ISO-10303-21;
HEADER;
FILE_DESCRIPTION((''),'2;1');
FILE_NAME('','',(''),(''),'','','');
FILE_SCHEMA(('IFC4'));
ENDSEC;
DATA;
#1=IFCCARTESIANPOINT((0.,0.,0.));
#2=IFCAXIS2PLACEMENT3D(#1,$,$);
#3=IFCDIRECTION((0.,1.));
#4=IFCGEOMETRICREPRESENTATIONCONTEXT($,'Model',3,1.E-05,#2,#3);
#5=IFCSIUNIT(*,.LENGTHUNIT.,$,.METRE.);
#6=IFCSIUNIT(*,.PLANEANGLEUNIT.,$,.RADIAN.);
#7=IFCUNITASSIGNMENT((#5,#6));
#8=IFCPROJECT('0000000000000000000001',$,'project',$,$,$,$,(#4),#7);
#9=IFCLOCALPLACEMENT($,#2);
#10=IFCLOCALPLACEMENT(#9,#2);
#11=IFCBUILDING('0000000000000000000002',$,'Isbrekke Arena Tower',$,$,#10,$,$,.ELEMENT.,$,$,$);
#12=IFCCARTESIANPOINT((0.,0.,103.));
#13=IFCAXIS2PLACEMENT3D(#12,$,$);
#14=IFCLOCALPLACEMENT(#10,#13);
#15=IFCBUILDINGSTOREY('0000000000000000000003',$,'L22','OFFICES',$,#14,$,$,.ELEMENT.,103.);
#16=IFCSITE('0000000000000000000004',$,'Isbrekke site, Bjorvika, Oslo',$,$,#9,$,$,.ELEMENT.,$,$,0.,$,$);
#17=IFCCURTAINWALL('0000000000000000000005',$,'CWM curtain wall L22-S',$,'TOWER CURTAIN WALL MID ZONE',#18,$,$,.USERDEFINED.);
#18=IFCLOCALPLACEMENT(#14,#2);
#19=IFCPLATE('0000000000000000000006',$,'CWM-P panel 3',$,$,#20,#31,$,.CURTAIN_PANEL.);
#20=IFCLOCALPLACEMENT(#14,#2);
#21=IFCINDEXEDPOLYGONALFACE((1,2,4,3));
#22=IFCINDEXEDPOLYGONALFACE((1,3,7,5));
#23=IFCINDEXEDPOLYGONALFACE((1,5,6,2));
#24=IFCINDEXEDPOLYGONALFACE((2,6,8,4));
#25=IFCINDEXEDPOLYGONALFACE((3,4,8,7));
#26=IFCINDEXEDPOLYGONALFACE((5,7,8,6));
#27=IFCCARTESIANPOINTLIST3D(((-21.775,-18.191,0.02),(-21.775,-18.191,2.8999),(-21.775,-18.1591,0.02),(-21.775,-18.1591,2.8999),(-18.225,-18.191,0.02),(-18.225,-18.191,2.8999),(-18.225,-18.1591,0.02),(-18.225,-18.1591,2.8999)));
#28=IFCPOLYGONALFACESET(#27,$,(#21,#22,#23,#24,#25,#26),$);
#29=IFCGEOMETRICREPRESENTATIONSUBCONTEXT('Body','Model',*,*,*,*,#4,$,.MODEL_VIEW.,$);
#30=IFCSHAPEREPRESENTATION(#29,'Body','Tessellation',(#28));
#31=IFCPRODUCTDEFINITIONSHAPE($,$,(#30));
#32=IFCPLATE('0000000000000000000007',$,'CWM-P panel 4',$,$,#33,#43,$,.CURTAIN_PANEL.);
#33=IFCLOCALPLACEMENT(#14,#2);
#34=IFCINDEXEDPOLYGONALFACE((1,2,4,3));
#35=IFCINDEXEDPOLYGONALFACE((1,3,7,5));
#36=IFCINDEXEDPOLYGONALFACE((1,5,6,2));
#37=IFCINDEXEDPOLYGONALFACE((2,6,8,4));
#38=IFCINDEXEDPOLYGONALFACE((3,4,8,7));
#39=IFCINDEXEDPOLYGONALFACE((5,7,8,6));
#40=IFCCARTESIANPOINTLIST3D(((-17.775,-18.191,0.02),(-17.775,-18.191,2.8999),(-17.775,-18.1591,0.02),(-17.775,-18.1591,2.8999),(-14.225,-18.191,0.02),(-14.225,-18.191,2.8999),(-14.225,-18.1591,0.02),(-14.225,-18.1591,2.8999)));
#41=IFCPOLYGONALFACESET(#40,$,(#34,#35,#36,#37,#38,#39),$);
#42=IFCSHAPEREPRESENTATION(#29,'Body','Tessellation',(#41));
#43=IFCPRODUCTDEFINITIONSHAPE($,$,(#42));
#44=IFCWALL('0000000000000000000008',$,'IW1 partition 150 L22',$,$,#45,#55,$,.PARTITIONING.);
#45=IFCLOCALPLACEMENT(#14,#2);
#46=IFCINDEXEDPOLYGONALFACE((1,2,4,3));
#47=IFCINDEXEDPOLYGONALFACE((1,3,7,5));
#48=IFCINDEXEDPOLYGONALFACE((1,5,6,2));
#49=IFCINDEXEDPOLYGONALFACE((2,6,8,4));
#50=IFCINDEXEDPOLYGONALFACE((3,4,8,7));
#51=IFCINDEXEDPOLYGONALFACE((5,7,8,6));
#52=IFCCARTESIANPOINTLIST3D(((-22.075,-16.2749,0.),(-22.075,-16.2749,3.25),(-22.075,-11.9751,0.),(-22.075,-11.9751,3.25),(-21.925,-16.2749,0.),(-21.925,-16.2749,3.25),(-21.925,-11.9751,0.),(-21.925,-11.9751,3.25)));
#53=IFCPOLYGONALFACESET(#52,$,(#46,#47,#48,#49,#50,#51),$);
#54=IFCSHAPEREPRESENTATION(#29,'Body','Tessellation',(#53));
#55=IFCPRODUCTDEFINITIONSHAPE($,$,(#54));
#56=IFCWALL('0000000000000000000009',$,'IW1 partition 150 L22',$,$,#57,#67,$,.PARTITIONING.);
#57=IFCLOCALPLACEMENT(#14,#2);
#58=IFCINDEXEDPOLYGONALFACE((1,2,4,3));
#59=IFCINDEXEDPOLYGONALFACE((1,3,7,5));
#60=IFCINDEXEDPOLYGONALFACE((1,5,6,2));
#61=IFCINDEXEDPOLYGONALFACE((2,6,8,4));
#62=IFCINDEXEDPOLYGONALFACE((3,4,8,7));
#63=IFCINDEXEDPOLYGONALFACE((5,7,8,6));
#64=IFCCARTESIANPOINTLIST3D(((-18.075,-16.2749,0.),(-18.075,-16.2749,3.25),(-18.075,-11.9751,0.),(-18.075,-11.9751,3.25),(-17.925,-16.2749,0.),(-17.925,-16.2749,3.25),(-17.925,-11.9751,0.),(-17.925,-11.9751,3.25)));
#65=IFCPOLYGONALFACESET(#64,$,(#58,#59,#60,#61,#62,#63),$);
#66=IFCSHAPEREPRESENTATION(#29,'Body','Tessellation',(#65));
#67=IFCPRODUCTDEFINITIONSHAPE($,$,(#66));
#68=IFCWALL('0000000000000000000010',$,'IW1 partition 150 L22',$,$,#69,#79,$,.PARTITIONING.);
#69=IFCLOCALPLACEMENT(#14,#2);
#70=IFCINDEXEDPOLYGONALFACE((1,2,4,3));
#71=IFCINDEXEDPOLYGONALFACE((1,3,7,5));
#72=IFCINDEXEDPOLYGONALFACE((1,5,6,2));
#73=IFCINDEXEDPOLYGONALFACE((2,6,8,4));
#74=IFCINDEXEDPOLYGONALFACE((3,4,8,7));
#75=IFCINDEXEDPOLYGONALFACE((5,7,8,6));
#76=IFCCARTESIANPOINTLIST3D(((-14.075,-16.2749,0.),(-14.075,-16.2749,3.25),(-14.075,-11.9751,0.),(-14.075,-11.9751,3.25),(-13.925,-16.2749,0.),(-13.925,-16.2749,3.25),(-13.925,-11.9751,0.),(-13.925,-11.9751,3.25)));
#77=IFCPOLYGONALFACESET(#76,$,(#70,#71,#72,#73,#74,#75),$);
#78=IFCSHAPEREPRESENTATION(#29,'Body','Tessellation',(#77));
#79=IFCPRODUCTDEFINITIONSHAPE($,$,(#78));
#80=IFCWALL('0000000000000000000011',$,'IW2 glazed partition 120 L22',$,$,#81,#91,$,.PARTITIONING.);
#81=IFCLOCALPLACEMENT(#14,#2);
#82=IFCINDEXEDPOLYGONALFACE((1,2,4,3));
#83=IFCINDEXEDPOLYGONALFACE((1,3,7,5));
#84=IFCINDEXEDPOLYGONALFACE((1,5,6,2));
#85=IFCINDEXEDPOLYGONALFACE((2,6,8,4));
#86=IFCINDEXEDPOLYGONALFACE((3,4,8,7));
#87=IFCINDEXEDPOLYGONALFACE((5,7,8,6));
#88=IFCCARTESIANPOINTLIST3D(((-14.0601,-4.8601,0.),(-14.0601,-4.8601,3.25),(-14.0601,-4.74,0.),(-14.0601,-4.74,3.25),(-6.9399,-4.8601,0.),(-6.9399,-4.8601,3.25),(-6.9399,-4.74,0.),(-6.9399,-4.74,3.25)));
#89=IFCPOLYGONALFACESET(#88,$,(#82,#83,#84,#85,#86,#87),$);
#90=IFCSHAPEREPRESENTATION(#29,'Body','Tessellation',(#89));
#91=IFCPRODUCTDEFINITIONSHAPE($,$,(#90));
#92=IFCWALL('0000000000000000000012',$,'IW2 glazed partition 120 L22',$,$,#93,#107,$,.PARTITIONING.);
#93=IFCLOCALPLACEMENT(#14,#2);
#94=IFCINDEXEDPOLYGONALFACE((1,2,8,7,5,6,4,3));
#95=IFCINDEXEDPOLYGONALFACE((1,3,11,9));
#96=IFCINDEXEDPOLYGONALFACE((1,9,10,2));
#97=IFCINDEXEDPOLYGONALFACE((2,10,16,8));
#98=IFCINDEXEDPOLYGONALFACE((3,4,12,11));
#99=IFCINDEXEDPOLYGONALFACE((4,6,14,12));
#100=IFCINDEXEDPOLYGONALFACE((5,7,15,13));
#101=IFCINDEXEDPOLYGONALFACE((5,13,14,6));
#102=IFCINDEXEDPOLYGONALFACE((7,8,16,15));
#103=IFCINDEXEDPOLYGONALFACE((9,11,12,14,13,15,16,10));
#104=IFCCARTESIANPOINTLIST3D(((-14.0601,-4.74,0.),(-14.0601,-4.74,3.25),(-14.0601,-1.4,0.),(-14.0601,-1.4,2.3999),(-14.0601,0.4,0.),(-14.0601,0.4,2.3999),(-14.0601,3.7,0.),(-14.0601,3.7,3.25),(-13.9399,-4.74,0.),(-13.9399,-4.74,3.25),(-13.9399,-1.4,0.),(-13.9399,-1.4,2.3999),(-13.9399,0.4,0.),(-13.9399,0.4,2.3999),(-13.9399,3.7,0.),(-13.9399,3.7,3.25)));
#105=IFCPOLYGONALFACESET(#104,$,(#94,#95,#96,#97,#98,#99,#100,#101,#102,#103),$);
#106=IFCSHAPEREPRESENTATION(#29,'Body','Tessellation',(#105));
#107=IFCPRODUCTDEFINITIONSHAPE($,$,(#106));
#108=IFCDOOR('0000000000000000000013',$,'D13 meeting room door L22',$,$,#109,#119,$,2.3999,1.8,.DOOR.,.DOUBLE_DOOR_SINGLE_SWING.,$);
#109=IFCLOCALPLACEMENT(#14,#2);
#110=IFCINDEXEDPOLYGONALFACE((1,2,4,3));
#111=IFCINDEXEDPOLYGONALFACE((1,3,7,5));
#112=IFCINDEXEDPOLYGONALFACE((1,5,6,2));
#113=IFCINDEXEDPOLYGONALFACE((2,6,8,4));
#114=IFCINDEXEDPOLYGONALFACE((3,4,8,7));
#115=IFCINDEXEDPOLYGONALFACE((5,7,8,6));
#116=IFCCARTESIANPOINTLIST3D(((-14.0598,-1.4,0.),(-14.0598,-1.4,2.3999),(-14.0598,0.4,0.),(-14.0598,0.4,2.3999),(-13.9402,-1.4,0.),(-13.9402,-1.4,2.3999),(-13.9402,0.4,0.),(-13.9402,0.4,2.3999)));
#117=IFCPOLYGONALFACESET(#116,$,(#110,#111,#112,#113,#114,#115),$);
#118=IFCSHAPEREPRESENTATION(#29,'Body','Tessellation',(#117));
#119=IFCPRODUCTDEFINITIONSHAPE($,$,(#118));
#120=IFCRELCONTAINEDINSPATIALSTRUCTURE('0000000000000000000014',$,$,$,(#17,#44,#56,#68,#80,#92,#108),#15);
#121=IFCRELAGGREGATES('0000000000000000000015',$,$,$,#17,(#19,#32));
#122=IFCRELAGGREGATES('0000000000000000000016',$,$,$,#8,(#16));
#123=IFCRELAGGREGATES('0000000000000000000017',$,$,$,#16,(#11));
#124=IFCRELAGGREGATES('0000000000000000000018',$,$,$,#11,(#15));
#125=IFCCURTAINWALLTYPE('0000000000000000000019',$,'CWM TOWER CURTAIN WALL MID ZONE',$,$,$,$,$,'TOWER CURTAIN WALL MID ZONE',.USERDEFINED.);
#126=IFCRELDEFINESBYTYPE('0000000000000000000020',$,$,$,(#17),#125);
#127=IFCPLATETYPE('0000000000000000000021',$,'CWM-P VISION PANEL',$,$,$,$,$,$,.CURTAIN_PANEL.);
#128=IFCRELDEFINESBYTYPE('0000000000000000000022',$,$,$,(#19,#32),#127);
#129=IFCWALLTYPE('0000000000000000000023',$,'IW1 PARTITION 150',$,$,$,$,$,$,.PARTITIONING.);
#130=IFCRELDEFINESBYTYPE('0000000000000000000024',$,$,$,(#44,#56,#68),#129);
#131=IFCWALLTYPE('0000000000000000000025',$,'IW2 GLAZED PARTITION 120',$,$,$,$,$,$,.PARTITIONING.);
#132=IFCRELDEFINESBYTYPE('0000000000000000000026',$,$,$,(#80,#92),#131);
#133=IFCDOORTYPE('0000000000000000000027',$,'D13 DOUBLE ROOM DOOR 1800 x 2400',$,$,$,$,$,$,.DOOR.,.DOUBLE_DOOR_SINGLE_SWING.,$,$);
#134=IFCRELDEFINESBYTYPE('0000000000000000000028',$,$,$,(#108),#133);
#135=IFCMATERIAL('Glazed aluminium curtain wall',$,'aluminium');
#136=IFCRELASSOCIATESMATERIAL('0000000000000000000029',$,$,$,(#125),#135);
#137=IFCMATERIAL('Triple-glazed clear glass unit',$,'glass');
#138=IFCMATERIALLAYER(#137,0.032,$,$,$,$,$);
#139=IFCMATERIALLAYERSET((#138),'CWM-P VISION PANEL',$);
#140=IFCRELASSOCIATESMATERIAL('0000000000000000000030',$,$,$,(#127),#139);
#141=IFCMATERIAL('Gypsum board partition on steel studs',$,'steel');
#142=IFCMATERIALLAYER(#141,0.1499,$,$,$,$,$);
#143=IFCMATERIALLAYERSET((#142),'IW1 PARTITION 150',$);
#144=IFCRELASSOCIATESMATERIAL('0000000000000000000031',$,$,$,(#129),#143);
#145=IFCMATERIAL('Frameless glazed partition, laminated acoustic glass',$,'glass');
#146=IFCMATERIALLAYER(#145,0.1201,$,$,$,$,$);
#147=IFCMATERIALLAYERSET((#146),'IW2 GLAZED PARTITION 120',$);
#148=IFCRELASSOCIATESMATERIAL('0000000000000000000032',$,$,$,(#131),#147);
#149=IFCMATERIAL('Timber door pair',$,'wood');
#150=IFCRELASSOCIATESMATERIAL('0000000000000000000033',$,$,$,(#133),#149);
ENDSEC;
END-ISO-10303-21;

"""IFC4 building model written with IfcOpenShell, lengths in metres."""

from ifc_helpers import new_model, si_unit, direction, frame, frame_2d, origin, origin_2d, place, context, subcontext, project, spatial, rectangle, extrude, material, layer, layer_set, type_object, element, fill, aggregate, save


model = new_model("IFC4")

# Units and contexts
model_context = context("Model", 3, precision=1e-05, world=origin(), true_north=direction((0.0, 1.0)))
body_context = subcontext(model_context, "Body", "Model", "MODEL_VIEW")
ifc_project = project(units=[si_unit("LENGTHUNIT", "METRE"), si_unit("PLANEANGLEUNIT", "RADIAN")], contexts=[model_context])

# Site, building, storey
site_placement = place(None, origin())
site = spatial("IfcSite", under=ifc_project, at=site_placement, Name="Isbrekke site, Bjorvika, Oslo", CompositionType="ELEMENT", RefElevation=0.0)
building_placement = place(site_placement, origin())
building = spatial("IfcBuilding", under=site, at=building_placement, Name="Isbrekke Arena Tower", CompositionType="ELEMENT")
storey_placement = place(building_placement, frame((0.0, 0.0, 103.0)))
storey = spatial("IfcBuildingStorey", under=building, at=storey_placement, Name="L22", Description="OFFICES", CompositionType="ELEMENT", Elevation=103.0)

# Curtain wall
ifc_material_1 = material(Name="Glazed aluminium curtain wall", Category="aluminium")
curtain_wall_type = type_object("IfcCurtainWallType", Name="CWM TOWER CURTAIN WALL MID ZONE", ElementType="TOWER CURTAIN WALL MID ZONE", PredefinedType="USERDEFINED", material=ifc_material_1)
curtain_wall_placement = place(storey_placement, origin())
curtain_wall = element("IfcCurtainWall", 1, at=curtain_wall_placement, inside=storey, type_object=curtain_wall_type, Name="CWM curtain wall L22-S", ObjectType="TOWER CURTAIN WALL MID ZONE", PredefinedType="USERDEFINED")

# Plates
ifc_material_2 = material(Name="Triple-glazed clear glass unit", Category="glass")
ifc_layer_1 = layer(ifc_material_2, 0.032)
ifc_layer_set_1 = layer_set([ifc_layer_1], Name="CWM-P VISION PANEL")
plate_type = type_object("IfcPlateType", Name="CWM-P VISION PANEL", PredefinedType="CURTAIN_PANEL", material=ifc_layer_set_1)
plate_1_placement = place(storey_placement, frame((-20.0, -18.175, 0.02), z_axis=(0.0, 0.0, 1.0), x_axis=(1.0, 0.0, 0.0)))
plate_1 = element("IfcPlate", 2, at=plate_1_placement, type_object=plate_type, Name="CWM-P panel 3", PredefinedType="CURTAIN_PANEL", context=body_context, shape_type="SweptSolid", body=[
    extrude(rectangle(XDim=3.55, YDim=0.032, at=origin_2d()), origin(), (0.0, 0.0, 1.0), 2.8799),
])
plate_2_placement = place(storey_placement, frame((-16.0, -18.175, 0.02), z_axis=(0.0, 0.0, 1.0), x_axis=(1.0, 0.0, 0.0)))
plate_2 = element("IfcPlate", 3, at=plate_2_placement, type_object=plate_type, Name="CWM-P panel 4", PredefinedType="CURTAIN_PANEL", context=body_context, shape_type="SweptSolid", body=[
    extrude(rectangle(XDim=3.55, YDim=0.032, at=origin_2d()), origin(), (0.0, 0.0, 1.0), 2.8799),
])
aggregate(curtain_wall, [plate_1, plate_2])

# Walls
ifc_material_3 = material(Name="Gypsum board partition on steel studs", Category="steel")
ifc_layer_2 = layer(ifc_material_3, 0.1499)
ifc_layer_set_2 = layer_set([ifc_layer_2], Name="IW1 PARTITION 150")
wall_type_1 = type_object("IfcWallType", Name="IW1 PARTITION 150", PredefinedType="PARTITIONING", material=ifc_layer_set_2)
for number, where, z_axis, x_axis, name in (
    (4, (-22.0, -16.2749, 0.0), (0.0, 0.0, 1.0), (0.0, 1.0, 0.0), "IW1 partition 150 L22"),
    (5, (-18.0, -16.2749, 0.0), (0.0, 0.0, 1.0), (0.0, 1.0, 0.0), "IW1 partition 150 L22"),
    (6, (-14.0, -16.2749, 0.0), (0.0, 0.0, 1.0), (0.0, 1.0, 0.0), "IW1 partition 150 L22"),
):
    element("IfcWall", number, at=place(storey_placement, frame(where, z_axis=z_axis, x_axis=x_axis)), inside=storey, type_object=wall_type_1, Name=name, PredefinedType="PARTITIONING", context=body_context, shape_type="SweptSolid", body=[
        extrude(rectangle(XDim=4.2998, YDim=0.1499, at=frame_2d((2.1499, 0.0))), origin(), (0.0, 0.0, 1.0), 3.25),
    ])
ifc_material_4 = material(Name="Frameless glazed partition, laminated acoustic glass", Category="glass")
ifc_layer_3 = layer(ifc_material_4, 0.1201)
ifc_layer_set_3 = layer_set([ifc_layer_3], Name="IW2 GLAZED PARTITION 120")
wall_type_2 = type_object("IfcWallType", Name="IW2 GLAZED PARTITION 120", PredefinedType="PARTITIONING", material=ifc_layer_set_3)
wall_1_placement = place(storey_placement, frame((-14.0601, -4.8, 0.0), z_axis=(0.0, 0.0, 1.0), x_axis=(1.0, 0.0, 0.0)))
element("IfcWall", 7, at=wall_1_placement, inside=storey, type_object=wall_type_2, Name="IW2 glazed partition 120 L22", PredefinedType="PARTITIONING", context=body_context, shape_type="SweptSolid", body=[
    extrude(rectangle(XDim=7.1201, YDim=0.1201, at=frame_2d((3.5601, 0.0))), origin(), (0.0, 0.0, 1.0), 3.25),
])

# Wall, opening, door
wall_2_placement = place(storey_placement, frame((-14.0, -4.74, 0.0), z_axis=(0.0, 0.0, 1.0), x_axis=(0.0, 1.0, 0.0)))
wall_2 = element("IfcWall", 8, at=wall_2_placement, inside=storey, type_object=wall_type_2, Name="IW2 glazed partition 120 L22", PredefinedType="PARTITIONING", context=body_context, shape_type="SweptSolid", body=[
    extrude(rectangle(XDim=8.4399, YDim=0.1201, at=frame_2d((4.22, 0.0))), origin(), (0.0, 0.0, 1.0), 3.25),
])
opening_placement = place(wall_2_placement, frame((3.3401, 0.0, 0.0)))
opening = element("IfcOpeningElement", 9, at=opening_placement, cuts=wall_2, PredefinedType="OPENING", context=body_context, shape_type="SweptSolid", body=[
    extrude(rectangle(XDim=1.8, YDim=2.3999, at=frame_2d((0.8999, 1.2))), frame((0.0, 0.075, 0.0), z_axis=(0.0, -1.0, 0.0), x_axis=(1.0, 0.0, 0.0)), (0.0, 0.0, 1.0), 0.1499),
])
ifc_material_5 = material(Name="Timber door pair", Category="wood")
door_type = type_object("IfcDoorType", Name="D13 DOUBLE ROOM DOOR 1800 x 2400", OperationType="DOUBLE_DOOR_SINGLE_SWING", PredefinedType="DOOR", material=ifc_material_5)
door_placement = place(opening_placement, origin())
door = element("IfcDoor", 10, at=door_placement, inside=storey, type_object=door_type, Name="D13 meeting room door L22", OperationType="DOUBLE_DOOR_SINGLE_SWING", OverallHeight=2.3999, OverallWidth=1.8, PredefinedType="DOOR", context=body_context, shape_type="SweptSolid", body=[
    extrude(rectangle(XDim=1.8, YDim=2.3999, at=frame_2d((0.8999, 1.2))), frame((0.0, 0.0598, 0.0), z_axis=(0.0, -1.0, 0.0), x_axis=(1.0, 0.0, 0.0)), (0.0, 0.0, 1.0), 0.1196),
])
fill(opening, door)

save(model, "model.ifc")
